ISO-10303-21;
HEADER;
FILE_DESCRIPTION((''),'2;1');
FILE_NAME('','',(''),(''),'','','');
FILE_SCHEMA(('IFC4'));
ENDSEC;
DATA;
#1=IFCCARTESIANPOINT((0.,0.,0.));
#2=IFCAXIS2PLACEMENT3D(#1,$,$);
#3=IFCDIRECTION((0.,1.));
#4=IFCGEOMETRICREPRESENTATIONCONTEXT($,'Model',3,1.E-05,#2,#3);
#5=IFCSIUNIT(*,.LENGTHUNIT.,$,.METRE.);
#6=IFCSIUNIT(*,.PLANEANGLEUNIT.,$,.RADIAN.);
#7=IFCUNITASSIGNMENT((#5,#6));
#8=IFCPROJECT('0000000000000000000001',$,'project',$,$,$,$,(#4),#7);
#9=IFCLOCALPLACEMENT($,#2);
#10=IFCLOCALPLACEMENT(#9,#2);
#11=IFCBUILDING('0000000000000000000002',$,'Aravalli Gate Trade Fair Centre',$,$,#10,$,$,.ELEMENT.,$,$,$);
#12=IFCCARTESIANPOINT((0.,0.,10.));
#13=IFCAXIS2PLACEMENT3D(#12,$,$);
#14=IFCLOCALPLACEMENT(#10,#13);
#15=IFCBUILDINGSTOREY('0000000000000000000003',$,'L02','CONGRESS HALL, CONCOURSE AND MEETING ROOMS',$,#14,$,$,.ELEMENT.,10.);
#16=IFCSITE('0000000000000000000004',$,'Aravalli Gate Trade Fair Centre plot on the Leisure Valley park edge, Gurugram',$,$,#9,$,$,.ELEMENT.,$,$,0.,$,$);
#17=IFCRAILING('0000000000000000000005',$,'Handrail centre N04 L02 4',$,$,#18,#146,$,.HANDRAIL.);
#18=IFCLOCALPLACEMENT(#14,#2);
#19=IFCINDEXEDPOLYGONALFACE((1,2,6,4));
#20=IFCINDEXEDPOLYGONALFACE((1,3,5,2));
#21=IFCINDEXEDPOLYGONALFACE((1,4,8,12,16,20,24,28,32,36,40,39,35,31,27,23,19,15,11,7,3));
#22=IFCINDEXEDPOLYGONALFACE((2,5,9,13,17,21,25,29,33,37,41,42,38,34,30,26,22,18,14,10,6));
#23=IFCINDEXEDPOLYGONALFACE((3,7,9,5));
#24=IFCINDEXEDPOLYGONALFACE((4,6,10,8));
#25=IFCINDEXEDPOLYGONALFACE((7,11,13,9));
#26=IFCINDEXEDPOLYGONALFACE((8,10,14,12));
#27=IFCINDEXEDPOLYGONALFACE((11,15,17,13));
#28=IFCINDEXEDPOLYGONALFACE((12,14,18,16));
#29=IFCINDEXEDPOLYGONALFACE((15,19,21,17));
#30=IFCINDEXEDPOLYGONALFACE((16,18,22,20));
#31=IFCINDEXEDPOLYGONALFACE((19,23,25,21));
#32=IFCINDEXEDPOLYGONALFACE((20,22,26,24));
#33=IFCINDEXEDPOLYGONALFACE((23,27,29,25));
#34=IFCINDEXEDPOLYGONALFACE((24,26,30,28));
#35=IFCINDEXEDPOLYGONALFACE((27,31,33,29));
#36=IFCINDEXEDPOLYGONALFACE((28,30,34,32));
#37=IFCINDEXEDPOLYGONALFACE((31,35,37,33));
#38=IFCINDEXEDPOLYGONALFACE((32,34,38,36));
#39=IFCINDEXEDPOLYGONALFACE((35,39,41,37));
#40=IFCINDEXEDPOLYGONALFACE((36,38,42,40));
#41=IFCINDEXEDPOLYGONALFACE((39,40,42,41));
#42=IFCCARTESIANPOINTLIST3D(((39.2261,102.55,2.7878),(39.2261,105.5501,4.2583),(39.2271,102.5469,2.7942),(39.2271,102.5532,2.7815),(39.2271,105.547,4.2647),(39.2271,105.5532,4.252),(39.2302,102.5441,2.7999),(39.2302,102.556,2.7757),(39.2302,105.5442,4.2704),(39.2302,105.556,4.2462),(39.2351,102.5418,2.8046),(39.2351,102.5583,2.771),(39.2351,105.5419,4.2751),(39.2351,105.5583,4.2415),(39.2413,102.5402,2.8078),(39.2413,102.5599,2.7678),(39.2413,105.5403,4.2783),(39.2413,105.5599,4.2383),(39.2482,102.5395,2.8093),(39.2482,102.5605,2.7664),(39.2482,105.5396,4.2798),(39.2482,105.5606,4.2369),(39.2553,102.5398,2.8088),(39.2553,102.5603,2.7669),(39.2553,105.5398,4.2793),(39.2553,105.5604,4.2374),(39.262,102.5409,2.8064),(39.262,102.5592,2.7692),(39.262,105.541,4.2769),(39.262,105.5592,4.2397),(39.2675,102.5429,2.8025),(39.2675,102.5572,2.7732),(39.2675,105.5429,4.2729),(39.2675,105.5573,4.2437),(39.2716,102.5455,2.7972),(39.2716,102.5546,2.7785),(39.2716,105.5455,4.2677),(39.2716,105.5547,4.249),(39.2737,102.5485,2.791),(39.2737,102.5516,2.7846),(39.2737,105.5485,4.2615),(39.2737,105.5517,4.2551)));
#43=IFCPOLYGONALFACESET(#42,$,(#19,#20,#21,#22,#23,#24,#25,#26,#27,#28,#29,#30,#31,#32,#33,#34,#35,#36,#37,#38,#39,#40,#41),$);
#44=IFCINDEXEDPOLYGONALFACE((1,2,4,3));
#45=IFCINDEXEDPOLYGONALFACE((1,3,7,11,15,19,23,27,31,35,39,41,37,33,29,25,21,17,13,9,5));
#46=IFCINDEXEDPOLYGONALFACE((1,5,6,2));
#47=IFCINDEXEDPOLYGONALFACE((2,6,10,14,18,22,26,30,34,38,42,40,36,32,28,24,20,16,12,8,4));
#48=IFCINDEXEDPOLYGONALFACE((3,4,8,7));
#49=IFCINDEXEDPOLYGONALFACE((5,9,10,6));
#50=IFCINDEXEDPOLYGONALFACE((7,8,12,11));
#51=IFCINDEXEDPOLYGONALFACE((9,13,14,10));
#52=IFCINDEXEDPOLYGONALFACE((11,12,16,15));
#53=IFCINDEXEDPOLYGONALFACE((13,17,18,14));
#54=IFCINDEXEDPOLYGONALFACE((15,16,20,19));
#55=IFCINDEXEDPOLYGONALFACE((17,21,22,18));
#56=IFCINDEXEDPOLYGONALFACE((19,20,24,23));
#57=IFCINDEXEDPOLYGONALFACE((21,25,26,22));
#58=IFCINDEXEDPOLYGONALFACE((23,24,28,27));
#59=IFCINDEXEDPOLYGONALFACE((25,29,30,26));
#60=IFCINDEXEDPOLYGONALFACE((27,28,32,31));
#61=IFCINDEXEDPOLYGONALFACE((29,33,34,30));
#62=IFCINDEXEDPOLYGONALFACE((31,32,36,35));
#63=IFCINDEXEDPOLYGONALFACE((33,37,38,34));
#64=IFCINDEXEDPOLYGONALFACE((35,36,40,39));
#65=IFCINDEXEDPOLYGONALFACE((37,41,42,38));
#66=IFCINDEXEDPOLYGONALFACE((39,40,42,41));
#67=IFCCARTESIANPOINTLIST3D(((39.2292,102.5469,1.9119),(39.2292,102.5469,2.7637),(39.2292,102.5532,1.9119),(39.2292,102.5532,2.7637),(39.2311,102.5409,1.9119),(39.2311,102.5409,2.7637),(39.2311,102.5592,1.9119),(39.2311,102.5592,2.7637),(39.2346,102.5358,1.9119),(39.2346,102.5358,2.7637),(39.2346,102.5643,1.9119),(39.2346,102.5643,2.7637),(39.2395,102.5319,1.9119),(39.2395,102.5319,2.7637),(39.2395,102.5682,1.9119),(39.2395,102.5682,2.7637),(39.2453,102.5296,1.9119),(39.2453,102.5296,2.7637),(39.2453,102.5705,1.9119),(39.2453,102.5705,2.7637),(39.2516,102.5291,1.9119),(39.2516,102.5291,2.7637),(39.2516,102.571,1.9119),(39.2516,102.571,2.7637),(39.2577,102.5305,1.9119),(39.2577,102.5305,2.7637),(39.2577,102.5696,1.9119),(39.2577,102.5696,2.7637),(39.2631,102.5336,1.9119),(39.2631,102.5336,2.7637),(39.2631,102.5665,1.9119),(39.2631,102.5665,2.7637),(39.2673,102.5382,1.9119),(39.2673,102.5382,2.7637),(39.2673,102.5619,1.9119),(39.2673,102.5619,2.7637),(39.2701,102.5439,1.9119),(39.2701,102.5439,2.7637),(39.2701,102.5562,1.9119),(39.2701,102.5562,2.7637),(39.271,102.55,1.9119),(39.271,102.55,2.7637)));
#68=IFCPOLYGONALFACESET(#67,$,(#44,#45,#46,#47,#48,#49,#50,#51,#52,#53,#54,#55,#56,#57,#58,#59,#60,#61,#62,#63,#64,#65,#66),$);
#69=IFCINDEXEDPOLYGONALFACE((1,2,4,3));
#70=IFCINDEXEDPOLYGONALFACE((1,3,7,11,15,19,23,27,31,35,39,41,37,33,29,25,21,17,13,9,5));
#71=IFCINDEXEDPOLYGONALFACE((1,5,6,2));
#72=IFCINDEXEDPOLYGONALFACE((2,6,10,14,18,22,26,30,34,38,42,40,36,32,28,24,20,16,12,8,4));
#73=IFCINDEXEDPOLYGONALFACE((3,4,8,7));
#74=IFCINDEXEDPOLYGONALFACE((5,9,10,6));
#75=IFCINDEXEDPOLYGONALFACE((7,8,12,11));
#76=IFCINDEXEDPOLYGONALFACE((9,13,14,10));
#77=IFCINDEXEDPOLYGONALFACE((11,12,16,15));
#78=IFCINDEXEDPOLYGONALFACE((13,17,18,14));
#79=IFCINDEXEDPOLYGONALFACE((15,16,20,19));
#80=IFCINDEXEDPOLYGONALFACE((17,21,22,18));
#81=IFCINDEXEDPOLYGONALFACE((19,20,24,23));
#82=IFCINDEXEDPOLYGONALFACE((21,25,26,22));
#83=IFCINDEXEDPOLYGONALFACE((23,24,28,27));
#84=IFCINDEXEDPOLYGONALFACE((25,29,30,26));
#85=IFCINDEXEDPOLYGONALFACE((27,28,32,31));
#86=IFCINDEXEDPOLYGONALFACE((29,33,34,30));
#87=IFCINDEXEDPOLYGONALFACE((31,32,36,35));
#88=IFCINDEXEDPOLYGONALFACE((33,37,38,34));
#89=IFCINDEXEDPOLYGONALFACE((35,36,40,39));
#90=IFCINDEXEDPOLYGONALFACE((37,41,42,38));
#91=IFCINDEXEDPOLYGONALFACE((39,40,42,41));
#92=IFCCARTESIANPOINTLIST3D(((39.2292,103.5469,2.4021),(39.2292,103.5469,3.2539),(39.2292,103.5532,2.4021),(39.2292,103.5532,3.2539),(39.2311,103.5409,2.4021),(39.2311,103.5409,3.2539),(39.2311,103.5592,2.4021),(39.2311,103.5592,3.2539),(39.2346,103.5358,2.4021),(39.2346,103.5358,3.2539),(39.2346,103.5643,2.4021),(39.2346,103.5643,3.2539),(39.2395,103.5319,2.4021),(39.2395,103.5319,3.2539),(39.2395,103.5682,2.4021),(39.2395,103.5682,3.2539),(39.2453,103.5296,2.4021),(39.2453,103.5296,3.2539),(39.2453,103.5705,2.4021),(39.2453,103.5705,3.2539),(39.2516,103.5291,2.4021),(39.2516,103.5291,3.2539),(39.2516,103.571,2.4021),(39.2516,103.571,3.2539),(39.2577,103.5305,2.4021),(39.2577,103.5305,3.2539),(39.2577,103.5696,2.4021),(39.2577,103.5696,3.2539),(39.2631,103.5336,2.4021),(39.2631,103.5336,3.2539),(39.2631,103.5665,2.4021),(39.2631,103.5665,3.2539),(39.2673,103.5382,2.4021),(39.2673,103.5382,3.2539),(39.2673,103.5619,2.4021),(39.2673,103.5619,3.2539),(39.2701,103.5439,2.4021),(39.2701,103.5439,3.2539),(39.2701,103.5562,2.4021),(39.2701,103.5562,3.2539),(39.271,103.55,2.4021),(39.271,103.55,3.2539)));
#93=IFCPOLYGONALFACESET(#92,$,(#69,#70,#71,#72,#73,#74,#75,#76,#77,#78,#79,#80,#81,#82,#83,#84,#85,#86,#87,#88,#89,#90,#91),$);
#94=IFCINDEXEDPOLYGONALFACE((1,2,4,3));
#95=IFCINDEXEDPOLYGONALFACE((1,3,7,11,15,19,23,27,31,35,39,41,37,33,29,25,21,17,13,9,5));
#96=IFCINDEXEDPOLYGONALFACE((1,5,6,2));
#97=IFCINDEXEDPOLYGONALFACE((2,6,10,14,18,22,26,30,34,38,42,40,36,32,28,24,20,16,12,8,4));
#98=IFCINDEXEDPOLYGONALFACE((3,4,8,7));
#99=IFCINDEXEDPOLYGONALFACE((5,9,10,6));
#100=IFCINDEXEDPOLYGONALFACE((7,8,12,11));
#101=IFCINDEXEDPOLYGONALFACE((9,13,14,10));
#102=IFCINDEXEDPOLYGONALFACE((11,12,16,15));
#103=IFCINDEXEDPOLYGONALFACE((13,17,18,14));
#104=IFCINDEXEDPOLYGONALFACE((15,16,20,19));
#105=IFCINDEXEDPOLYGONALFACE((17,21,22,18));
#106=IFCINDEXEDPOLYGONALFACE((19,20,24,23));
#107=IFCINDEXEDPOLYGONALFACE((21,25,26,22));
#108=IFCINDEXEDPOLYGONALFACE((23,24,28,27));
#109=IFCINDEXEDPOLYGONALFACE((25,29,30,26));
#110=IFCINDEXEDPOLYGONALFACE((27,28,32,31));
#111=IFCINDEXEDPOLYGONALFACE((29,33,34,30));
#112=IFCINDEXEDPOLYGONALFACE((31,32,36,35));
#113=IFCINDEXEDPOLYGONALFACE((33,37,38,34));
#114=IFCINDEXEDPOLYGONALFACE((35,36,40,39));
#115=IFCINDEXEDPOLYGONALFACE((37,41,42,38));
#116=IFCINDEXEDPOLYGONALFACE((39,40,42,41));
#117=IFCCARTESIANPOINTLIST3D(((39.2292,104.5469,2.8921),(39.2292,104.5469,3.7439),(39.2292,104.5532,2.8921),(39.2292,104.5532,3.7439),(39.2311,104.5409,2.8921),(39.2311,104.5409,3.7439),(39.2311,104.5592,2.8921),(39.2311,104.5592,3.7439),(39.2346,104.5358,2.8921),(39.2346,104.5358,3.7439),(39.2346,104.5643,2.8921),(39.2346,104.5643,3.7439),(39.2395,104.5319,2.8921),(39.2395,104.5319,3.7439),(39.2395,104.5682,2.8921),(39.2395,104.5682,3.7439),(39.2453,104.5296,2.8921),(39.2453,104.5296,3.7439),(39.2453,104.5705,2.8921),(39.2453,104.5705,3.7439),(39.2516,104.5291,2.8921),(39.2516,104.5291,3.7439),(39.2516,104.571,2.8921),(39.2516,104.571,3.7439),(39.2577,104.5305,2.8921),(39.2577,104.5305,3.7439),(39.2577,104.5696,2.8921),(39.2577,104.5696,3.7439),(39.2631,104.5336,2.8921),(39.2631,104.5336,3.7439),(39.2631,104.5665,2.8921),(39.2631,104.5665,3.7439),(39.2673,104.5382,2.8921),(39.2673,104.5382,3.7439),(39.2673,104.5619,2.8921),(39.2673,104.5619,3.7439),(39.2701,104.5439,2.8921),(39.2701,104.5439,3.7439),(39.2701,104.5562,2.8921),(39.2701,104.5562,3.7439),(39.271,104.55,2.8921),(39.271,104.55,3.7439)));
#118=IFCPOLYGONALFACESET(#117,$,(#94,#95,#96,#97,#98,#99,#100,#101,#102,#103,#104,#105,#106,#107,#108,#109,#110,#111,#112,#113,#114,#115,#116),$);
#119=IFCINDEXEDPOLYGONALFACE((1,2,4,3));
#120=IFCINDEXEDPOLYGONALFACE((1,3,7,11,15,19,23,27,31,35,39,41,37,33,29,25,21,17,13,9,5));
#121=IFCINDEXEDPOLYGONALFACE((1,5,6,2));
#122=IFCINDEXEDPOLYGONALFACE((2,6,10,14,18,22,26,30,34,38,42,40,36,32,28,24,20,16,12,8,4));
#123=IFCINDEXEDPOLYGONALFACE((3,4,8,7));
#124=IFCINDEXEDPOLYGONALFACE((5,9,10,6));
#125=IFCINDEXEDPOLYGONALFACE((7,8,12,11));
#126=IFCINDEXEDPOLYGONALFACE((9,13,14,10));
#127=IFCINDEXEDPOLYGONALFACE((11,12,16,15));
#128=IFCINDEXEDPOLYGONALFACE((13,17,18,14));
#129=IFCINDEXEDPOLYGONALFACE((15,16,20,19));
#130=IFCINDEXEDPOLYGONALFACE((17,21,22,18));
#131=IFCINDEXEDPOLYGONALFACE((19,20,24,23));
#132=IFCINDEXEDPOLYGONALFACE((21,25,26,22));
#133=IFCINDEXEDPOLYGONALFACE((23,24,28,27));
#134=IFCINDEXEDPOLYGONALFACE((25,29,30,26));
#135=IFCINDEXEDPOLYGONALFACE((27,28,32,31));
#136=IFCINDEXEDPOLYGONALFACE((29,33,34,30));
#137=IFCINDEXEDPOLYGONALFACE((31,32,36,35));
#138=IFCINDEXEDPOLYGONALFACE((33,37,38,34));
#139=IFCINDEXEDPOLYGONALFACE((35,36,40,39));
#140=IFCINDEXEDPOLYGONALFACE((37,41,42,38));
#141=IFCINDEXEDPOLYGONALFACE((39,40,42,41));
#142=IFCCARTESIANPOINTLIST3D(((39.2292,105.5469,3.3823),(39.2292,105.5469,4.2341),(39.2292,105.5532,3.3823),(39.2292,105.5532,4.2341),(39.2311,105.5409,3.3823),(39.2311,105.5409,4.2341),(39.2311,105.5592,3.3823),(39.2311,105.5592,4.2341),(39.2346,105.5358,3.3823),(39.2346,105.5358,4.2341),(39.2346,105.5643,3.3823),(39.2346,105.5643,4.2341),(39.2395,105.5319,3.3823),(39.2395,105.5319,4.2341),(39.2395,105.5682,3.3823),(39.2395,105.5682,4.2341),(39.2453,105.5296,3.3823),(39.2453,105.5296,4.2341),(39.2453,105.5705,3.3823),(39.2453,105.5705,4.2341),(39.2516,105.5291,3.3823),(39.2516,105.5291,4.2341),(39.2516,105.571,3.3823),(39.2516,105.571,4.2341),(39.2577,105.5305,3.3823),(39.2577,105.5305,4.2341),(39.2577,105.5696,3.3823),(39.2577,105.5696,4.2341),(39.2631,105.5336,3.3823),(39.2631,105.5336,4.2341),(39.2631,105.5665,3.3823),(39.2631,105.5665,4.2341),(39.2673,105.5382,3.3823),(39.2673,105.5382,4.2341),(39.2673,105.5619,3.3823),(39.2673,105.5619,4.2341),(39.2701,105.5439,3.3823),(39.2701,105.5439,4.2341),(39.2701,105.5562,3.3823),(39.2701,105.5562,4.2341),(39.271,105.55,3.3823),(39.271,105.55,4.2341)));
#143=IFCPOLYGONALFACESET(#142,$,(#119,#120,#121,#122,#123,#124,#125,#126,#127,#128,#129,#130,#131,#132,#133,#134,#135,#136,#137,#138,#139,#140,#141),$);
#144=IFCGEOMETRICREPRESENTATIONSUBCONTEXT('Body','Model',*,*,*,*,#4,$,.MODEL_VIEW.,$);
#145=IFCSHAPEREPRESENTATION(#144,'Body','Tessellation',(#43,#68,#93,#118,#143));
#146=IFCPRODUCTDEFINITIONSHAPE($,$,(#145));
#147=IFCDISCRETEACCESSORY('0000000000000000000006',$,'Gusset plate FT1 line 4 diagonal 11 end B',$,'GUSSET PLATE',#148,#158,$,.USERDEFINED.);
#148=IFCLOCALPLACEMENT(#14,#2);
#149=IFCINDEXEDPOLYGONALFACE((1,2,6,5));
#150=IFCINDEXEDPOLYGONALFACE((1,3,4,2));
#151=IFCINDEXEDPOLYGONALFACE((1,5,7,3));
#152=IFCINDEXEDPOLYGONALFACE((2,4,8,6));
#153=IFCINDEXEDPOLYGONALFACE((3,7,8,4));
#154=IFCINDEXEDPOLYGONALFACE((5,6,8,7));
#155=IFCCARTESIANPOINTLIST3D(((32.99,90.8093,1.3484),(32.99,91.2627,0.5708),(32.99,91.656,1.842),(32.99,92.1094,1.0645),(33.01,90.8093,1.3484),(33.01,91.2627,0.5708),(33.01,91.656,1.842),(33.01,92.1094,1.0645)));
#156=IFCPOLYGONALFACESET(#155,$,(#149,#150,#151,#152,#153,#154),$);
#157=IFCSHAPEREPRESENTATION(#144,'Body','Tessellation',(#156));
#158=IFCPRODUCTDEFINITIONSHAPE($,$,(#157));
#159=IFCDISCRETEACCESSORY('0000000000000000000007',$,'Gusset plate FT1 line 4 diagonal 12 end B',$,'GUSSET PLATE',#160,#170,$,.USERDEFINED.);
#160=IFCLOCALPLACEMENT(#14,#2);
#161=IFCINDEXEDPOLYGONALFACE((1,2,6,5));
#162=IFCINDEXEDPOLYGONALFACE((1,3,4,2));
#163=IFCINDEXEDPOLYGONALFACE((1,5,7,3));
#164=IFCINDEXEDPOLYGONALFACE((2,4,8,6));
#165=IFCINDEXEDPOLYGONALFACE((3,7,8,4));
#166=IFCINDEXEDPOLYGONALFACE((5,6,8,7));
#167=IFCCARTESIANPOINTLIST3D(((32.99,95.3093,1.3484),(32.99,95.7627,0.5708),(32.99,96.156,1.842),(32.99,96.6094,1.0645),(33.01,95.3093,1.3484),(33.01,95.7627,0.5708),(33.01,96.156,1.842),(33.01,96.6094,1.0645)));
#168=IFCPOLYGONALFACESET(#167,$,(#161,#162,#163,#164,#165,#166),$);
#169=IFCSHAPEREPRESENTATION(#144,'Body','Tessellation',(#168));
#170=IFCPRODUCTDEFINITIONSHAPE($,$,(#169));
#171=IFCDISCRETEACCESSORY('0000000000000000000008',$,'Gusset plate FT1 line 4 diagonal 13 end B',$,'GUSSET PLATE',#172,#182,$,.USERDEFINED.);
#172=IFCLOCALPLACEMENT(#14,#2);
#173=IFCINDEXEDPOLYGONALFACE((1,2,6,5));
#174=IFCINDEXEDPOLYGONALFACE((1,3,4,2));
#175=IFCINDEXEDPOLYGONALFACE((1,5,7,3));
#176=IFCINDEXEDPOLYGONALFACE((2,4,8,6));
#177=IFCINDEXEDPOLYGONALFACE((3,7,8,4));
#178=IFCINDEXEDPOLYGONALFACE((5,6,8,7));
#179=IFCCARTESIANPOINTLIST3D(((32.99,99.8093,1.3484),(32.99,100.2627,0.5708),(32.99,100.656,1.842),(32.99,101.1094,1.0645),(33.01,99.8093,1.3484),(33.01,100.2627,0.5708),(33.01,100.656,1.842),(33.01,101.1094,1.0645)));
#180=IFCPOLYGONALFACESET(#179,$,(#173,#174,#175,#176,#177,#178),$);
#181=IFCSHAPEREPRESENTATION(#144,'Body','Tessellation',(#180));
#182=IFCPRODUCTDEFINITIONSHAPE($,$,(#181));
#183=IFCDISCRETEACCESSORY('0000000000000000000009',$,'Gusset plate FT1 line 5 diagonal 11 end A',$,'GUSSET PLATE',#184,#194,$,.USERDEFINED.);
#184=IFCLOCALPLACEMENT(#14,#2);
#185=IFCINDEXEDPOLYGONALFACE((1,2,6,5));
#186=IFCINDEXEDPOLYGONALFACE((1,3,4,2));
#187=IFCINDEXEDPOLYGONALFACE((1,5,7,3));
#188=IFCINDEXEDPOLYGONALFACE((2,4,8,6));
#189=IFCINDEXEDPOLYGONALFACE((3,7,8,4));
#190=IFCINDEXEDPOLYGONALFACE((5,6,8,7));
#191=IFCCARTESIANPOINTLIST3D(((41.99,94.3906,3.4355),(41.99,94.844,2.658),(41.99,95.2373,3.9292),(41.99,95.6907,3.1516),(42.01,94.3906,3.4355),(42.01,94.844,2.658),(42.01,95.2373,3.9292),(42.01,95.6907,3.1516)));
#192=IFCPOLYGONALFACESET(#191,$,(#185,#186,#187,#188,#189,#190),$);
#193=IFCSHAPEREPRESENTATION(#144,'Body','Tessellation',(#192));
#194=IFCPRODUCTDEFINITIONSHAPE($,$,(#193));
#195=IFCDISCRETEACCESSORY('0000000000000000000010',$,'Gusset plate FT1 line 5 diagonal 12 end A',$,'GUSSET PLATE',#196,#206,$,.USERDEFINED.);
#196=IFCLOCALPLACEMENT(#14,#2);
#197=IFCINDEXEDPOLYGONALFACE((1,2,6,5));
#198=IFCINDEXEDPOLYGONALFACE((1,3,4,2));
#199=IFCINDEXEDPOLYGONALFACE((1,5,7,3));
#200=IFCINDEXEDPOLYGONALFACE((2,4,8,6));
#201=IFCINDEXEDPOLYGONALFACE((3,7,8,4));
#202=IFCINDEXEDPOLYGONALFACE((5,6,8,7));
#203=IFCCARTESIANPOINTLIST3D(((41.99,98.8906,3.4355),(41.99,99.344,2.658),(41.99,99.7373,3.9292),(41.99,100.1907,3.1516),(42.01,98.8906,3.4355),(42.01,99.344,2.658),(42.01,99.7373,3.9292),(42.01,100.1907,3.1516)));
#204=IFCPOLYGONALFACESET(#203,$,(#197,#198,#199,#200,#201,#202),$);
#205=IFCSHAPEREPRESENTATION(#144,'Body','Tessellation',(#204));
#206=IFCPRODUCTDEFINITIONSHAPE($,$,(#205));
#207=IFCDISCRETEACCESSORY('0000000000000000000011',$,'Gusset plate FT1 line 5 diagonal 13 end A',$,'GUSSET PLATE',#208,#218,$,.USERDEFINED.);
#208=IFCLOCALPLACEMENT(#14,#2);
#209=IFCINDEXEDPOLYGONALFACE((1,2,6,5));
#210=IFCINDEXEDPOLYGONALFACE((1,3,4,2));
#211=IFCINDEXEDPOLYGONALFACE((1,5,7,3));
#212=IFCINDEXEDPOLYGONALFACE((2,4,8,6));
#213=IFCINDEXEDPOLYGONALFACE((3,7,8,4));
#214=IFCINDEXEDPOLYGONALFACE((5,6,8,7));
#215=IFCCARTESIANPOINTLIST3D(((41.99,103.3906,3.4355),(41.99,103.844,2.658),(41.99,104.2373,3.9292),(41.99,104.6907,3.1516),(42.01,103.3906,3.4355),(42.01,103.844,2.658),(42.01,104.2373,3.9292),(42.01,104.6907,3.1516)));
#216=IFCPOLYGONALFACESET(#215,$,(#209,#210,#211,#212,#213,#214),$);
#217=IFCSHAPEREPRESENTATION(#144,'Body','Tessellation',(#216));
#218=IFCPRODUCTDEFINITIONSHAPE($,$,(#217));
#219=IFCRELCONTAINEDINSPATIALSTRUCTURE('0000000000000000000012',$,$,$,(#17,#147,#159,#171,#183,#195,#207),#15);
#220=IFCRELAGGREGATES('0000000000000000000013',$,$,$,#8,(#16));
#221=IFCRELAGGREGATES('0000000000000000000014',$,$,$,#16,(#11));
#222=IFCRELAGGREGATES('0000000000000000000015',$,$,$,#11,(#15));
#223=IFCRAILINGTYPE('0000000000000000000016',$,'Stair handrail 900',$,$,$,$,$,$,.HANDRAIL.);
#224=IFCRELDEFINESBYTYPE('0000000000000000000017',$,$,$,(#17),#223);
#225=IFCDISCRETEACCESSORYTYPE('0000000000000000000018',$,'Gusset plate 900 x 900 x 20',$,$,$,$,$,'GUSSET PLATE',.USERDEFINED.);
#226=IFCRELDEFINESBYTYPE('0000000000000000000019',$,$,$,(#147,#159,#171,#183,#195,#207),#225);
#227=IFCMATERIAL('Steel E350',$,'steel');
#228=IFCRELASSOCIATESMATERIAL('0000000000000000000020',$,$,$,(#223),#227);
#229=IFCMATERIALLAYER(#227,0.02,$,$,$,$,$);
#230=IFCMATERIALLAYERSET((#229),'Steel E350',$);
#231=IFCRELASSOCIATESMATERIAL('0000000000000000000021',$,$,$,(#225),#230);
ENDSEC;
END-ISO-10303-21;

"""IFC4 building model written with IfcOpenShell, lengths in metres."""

from ifc_helpers import new_model, si_unit, direction, frame, origin, origin_2d, place, context, subcontext, project, spatial, polyline, circle, outline, extrude, material, layer, layer_set, type_object, element, save


model = new_model("IFC4")

# Units and contexts
model_context = context("Model", 3, precision=1e-05, world=origin(), true_north=direction((0.0, 1.0)))
body_context = subcontext(model_context, "Body", "Model", "MODEL_VIEW")
ifc_project = project(units=[si_unit("LENGTHUNIT", "METRE"), si_unit("PLANEANGLEUNIT", "RADIAN")], contexts=[model_context])

# Site, building, storey
site_placement = place(None, origin())
site = spatial("IfcSite", under=ifc_project, at=site_placement, Name="Aravalli Gate Trade Fair Centre plot on the Leisure Valley park edge, Gurugram", CompositionType="ELEMENT", RefElevation=0.0)
building_placement = place(site_placement, origin())
building = spatial("IfcBuilding", under=site, at=building_placement, Name="Aravalli Gate Trade Fair Centre", CompositionType="ELEMENT")
storey_placement = place(building_placement, frame((0.0, 0.0, 10.0)))
storey = spatial("IfcBuildingStorey", under=building, at=storey_placement, Name="L02", Description="CONGRESS HALL, CONCOURSE AND MEETING ROOMS", CompositionType="ELEMENT", Elevation=10.0)

# Shared definitions
ifc_material_1 = material(Name="Steel E350", Category="steel")

# Railing
railing_type_1 = type_object("IfcRailingType", Name="Stair handrail 900", PredefinedType="HANDRAIL", material=ifc_material_1)
for number, where, name in (
    (1, (39.25, 102.55, 1.9119), "Handrail centre N04 L02 4"),
):
    element("IfcRailing", number, at=place(storey_placement, frame(where)), inside=storey, type_object=railing_type_1, Name=name, PredefinedType="HANDRAIL", context=body_context, shape_type="SweptSolid", body=[
        extrude(circle(Radius=0.0239, at=origin_2d()), frame((0.0, 0.0, 0.876), z_axis=(0.0, 0.897936, 0.440126), x_axis=(-1.0, 0.0, 0.0)), (0.0, 0.0, 1.0), 3.3411),
        extrude(circle(Radius=0.021, at=origin_2d()), origin(), (0.0, 0.0, 1.0), 0.8518),
        extrude(circle(Radius=0.021, at=origin_2d()), frame((0.0, 1.0, 0.4902)), (0.0, 0.0, 1.0), 0.8518),
        extrude(circle(Radius=0.021, at=origin_2d()), frame((0.0, 2.0, 0.9802)), (0.0, 0.0, 1.0), 0.8518),
        extrude(circle(Radius=0.021, at=origin_2d()), frame((0.0, 3.0, 1.4705)), (0.0, 0.0, 1.0), 0.8518),
    ])

# Discrete accessories
ifc_layer_1 = layer(ifc_material_1, 0.02)
ifc_layer_set_1 = layer_set([ifc_layer_1], Name="Steel E350")
discrete_accessory_type = type_object("IfcDiscreteAccessoryType", Name="Gusset plate 900 x 900 x 20", ElementType="GUSSET PLATE", PredefinedType="USERDEFINED", material=ifc_layer_set_1)
for number, where, z_axis, x_axis, name in (
    (2, (33.01, 91.656, 1.842), (1.0, 0.0, 0.0), (0.0, -0.863887, -0.503685), "Gusset plate FT1 line 4 diagonal 11 end B"),
    (3, (33.01, 96.156, 1.842), (1.0, 0.0, 0.0), (0.0, -0.863887, -0.503685), "Gusset plate FT1 line 4 diagonal 12 end B"),
    (4, (33.01, 100.656, 1.842), (1.0, 0.0, 0.0), (0.0, -0.863887, -0.503685), "Gusset plate FT1 line 4 diagonal 13 end B"),
):
    element("IfcDiscreteAccessory", number, at=place(storey_placement, frame(where, z_axis=z_axis, x_axis=x_axis)), inside=storey, type_object=discrete_accessory_type, Name=name, ObjectType="GUSSET PLATE", PredefinedType="USERDEFINED", context=body_context, shape_type="SweptSolid", body=[
        extrude(outline(polyline([(0.0, 0.0), (0.9801, 0.0), (0.9801, 0.9001), (0.0, 0.9001), (0.0, 0.0)])), origin(), (0.0, 0.0, -1.0), 0.02),
    ])
for number, where, z_axis, x_axis, name in (
    (5, (41.99, 94.3906, 3.4355), (-1.0, 0.0, 0.0), (0.0, 0.863887, 0.503685), "Gusset plate FT1 line 5 diagonal 11 end A"),
    (6, (41.99, 98.8906, 3.4355), (-1.0, 0.0, 0.0), (0.0, 0.863887, 0.503685), "Gusset plate FT1 line 5 diagonal 12 end A"),
    (7, (41.99, 103.3906, 3.4355), (-1.0, 0.0, 0.0), (0.0, 0.863887, 0.503685), "Gusset plate FT1 line 5 diagonal 13 end A"),
):
    element("IfcDiscreteAccessory", number, at=place(storey_placement, frame(where, z_axis=z_axis, x_axis=x_axis)), inside=storey, type_object=discrete_accessory_type, Name=name, ObjectType="GUSSET PLATE", PredefinedType="USERDEFINED", context=body_context, shape_type="SweptSolid", body=[
        extrude(outline(polyline([(0.0, 0.0), (0.9801, 0.0), (0.9801, 0.9001), (0.0, 0.9001), (0.0, 0.0)])), origin(), (0.0, 0.0, -1.0), 0.02),
    ])

save(model, "model.ifc")
